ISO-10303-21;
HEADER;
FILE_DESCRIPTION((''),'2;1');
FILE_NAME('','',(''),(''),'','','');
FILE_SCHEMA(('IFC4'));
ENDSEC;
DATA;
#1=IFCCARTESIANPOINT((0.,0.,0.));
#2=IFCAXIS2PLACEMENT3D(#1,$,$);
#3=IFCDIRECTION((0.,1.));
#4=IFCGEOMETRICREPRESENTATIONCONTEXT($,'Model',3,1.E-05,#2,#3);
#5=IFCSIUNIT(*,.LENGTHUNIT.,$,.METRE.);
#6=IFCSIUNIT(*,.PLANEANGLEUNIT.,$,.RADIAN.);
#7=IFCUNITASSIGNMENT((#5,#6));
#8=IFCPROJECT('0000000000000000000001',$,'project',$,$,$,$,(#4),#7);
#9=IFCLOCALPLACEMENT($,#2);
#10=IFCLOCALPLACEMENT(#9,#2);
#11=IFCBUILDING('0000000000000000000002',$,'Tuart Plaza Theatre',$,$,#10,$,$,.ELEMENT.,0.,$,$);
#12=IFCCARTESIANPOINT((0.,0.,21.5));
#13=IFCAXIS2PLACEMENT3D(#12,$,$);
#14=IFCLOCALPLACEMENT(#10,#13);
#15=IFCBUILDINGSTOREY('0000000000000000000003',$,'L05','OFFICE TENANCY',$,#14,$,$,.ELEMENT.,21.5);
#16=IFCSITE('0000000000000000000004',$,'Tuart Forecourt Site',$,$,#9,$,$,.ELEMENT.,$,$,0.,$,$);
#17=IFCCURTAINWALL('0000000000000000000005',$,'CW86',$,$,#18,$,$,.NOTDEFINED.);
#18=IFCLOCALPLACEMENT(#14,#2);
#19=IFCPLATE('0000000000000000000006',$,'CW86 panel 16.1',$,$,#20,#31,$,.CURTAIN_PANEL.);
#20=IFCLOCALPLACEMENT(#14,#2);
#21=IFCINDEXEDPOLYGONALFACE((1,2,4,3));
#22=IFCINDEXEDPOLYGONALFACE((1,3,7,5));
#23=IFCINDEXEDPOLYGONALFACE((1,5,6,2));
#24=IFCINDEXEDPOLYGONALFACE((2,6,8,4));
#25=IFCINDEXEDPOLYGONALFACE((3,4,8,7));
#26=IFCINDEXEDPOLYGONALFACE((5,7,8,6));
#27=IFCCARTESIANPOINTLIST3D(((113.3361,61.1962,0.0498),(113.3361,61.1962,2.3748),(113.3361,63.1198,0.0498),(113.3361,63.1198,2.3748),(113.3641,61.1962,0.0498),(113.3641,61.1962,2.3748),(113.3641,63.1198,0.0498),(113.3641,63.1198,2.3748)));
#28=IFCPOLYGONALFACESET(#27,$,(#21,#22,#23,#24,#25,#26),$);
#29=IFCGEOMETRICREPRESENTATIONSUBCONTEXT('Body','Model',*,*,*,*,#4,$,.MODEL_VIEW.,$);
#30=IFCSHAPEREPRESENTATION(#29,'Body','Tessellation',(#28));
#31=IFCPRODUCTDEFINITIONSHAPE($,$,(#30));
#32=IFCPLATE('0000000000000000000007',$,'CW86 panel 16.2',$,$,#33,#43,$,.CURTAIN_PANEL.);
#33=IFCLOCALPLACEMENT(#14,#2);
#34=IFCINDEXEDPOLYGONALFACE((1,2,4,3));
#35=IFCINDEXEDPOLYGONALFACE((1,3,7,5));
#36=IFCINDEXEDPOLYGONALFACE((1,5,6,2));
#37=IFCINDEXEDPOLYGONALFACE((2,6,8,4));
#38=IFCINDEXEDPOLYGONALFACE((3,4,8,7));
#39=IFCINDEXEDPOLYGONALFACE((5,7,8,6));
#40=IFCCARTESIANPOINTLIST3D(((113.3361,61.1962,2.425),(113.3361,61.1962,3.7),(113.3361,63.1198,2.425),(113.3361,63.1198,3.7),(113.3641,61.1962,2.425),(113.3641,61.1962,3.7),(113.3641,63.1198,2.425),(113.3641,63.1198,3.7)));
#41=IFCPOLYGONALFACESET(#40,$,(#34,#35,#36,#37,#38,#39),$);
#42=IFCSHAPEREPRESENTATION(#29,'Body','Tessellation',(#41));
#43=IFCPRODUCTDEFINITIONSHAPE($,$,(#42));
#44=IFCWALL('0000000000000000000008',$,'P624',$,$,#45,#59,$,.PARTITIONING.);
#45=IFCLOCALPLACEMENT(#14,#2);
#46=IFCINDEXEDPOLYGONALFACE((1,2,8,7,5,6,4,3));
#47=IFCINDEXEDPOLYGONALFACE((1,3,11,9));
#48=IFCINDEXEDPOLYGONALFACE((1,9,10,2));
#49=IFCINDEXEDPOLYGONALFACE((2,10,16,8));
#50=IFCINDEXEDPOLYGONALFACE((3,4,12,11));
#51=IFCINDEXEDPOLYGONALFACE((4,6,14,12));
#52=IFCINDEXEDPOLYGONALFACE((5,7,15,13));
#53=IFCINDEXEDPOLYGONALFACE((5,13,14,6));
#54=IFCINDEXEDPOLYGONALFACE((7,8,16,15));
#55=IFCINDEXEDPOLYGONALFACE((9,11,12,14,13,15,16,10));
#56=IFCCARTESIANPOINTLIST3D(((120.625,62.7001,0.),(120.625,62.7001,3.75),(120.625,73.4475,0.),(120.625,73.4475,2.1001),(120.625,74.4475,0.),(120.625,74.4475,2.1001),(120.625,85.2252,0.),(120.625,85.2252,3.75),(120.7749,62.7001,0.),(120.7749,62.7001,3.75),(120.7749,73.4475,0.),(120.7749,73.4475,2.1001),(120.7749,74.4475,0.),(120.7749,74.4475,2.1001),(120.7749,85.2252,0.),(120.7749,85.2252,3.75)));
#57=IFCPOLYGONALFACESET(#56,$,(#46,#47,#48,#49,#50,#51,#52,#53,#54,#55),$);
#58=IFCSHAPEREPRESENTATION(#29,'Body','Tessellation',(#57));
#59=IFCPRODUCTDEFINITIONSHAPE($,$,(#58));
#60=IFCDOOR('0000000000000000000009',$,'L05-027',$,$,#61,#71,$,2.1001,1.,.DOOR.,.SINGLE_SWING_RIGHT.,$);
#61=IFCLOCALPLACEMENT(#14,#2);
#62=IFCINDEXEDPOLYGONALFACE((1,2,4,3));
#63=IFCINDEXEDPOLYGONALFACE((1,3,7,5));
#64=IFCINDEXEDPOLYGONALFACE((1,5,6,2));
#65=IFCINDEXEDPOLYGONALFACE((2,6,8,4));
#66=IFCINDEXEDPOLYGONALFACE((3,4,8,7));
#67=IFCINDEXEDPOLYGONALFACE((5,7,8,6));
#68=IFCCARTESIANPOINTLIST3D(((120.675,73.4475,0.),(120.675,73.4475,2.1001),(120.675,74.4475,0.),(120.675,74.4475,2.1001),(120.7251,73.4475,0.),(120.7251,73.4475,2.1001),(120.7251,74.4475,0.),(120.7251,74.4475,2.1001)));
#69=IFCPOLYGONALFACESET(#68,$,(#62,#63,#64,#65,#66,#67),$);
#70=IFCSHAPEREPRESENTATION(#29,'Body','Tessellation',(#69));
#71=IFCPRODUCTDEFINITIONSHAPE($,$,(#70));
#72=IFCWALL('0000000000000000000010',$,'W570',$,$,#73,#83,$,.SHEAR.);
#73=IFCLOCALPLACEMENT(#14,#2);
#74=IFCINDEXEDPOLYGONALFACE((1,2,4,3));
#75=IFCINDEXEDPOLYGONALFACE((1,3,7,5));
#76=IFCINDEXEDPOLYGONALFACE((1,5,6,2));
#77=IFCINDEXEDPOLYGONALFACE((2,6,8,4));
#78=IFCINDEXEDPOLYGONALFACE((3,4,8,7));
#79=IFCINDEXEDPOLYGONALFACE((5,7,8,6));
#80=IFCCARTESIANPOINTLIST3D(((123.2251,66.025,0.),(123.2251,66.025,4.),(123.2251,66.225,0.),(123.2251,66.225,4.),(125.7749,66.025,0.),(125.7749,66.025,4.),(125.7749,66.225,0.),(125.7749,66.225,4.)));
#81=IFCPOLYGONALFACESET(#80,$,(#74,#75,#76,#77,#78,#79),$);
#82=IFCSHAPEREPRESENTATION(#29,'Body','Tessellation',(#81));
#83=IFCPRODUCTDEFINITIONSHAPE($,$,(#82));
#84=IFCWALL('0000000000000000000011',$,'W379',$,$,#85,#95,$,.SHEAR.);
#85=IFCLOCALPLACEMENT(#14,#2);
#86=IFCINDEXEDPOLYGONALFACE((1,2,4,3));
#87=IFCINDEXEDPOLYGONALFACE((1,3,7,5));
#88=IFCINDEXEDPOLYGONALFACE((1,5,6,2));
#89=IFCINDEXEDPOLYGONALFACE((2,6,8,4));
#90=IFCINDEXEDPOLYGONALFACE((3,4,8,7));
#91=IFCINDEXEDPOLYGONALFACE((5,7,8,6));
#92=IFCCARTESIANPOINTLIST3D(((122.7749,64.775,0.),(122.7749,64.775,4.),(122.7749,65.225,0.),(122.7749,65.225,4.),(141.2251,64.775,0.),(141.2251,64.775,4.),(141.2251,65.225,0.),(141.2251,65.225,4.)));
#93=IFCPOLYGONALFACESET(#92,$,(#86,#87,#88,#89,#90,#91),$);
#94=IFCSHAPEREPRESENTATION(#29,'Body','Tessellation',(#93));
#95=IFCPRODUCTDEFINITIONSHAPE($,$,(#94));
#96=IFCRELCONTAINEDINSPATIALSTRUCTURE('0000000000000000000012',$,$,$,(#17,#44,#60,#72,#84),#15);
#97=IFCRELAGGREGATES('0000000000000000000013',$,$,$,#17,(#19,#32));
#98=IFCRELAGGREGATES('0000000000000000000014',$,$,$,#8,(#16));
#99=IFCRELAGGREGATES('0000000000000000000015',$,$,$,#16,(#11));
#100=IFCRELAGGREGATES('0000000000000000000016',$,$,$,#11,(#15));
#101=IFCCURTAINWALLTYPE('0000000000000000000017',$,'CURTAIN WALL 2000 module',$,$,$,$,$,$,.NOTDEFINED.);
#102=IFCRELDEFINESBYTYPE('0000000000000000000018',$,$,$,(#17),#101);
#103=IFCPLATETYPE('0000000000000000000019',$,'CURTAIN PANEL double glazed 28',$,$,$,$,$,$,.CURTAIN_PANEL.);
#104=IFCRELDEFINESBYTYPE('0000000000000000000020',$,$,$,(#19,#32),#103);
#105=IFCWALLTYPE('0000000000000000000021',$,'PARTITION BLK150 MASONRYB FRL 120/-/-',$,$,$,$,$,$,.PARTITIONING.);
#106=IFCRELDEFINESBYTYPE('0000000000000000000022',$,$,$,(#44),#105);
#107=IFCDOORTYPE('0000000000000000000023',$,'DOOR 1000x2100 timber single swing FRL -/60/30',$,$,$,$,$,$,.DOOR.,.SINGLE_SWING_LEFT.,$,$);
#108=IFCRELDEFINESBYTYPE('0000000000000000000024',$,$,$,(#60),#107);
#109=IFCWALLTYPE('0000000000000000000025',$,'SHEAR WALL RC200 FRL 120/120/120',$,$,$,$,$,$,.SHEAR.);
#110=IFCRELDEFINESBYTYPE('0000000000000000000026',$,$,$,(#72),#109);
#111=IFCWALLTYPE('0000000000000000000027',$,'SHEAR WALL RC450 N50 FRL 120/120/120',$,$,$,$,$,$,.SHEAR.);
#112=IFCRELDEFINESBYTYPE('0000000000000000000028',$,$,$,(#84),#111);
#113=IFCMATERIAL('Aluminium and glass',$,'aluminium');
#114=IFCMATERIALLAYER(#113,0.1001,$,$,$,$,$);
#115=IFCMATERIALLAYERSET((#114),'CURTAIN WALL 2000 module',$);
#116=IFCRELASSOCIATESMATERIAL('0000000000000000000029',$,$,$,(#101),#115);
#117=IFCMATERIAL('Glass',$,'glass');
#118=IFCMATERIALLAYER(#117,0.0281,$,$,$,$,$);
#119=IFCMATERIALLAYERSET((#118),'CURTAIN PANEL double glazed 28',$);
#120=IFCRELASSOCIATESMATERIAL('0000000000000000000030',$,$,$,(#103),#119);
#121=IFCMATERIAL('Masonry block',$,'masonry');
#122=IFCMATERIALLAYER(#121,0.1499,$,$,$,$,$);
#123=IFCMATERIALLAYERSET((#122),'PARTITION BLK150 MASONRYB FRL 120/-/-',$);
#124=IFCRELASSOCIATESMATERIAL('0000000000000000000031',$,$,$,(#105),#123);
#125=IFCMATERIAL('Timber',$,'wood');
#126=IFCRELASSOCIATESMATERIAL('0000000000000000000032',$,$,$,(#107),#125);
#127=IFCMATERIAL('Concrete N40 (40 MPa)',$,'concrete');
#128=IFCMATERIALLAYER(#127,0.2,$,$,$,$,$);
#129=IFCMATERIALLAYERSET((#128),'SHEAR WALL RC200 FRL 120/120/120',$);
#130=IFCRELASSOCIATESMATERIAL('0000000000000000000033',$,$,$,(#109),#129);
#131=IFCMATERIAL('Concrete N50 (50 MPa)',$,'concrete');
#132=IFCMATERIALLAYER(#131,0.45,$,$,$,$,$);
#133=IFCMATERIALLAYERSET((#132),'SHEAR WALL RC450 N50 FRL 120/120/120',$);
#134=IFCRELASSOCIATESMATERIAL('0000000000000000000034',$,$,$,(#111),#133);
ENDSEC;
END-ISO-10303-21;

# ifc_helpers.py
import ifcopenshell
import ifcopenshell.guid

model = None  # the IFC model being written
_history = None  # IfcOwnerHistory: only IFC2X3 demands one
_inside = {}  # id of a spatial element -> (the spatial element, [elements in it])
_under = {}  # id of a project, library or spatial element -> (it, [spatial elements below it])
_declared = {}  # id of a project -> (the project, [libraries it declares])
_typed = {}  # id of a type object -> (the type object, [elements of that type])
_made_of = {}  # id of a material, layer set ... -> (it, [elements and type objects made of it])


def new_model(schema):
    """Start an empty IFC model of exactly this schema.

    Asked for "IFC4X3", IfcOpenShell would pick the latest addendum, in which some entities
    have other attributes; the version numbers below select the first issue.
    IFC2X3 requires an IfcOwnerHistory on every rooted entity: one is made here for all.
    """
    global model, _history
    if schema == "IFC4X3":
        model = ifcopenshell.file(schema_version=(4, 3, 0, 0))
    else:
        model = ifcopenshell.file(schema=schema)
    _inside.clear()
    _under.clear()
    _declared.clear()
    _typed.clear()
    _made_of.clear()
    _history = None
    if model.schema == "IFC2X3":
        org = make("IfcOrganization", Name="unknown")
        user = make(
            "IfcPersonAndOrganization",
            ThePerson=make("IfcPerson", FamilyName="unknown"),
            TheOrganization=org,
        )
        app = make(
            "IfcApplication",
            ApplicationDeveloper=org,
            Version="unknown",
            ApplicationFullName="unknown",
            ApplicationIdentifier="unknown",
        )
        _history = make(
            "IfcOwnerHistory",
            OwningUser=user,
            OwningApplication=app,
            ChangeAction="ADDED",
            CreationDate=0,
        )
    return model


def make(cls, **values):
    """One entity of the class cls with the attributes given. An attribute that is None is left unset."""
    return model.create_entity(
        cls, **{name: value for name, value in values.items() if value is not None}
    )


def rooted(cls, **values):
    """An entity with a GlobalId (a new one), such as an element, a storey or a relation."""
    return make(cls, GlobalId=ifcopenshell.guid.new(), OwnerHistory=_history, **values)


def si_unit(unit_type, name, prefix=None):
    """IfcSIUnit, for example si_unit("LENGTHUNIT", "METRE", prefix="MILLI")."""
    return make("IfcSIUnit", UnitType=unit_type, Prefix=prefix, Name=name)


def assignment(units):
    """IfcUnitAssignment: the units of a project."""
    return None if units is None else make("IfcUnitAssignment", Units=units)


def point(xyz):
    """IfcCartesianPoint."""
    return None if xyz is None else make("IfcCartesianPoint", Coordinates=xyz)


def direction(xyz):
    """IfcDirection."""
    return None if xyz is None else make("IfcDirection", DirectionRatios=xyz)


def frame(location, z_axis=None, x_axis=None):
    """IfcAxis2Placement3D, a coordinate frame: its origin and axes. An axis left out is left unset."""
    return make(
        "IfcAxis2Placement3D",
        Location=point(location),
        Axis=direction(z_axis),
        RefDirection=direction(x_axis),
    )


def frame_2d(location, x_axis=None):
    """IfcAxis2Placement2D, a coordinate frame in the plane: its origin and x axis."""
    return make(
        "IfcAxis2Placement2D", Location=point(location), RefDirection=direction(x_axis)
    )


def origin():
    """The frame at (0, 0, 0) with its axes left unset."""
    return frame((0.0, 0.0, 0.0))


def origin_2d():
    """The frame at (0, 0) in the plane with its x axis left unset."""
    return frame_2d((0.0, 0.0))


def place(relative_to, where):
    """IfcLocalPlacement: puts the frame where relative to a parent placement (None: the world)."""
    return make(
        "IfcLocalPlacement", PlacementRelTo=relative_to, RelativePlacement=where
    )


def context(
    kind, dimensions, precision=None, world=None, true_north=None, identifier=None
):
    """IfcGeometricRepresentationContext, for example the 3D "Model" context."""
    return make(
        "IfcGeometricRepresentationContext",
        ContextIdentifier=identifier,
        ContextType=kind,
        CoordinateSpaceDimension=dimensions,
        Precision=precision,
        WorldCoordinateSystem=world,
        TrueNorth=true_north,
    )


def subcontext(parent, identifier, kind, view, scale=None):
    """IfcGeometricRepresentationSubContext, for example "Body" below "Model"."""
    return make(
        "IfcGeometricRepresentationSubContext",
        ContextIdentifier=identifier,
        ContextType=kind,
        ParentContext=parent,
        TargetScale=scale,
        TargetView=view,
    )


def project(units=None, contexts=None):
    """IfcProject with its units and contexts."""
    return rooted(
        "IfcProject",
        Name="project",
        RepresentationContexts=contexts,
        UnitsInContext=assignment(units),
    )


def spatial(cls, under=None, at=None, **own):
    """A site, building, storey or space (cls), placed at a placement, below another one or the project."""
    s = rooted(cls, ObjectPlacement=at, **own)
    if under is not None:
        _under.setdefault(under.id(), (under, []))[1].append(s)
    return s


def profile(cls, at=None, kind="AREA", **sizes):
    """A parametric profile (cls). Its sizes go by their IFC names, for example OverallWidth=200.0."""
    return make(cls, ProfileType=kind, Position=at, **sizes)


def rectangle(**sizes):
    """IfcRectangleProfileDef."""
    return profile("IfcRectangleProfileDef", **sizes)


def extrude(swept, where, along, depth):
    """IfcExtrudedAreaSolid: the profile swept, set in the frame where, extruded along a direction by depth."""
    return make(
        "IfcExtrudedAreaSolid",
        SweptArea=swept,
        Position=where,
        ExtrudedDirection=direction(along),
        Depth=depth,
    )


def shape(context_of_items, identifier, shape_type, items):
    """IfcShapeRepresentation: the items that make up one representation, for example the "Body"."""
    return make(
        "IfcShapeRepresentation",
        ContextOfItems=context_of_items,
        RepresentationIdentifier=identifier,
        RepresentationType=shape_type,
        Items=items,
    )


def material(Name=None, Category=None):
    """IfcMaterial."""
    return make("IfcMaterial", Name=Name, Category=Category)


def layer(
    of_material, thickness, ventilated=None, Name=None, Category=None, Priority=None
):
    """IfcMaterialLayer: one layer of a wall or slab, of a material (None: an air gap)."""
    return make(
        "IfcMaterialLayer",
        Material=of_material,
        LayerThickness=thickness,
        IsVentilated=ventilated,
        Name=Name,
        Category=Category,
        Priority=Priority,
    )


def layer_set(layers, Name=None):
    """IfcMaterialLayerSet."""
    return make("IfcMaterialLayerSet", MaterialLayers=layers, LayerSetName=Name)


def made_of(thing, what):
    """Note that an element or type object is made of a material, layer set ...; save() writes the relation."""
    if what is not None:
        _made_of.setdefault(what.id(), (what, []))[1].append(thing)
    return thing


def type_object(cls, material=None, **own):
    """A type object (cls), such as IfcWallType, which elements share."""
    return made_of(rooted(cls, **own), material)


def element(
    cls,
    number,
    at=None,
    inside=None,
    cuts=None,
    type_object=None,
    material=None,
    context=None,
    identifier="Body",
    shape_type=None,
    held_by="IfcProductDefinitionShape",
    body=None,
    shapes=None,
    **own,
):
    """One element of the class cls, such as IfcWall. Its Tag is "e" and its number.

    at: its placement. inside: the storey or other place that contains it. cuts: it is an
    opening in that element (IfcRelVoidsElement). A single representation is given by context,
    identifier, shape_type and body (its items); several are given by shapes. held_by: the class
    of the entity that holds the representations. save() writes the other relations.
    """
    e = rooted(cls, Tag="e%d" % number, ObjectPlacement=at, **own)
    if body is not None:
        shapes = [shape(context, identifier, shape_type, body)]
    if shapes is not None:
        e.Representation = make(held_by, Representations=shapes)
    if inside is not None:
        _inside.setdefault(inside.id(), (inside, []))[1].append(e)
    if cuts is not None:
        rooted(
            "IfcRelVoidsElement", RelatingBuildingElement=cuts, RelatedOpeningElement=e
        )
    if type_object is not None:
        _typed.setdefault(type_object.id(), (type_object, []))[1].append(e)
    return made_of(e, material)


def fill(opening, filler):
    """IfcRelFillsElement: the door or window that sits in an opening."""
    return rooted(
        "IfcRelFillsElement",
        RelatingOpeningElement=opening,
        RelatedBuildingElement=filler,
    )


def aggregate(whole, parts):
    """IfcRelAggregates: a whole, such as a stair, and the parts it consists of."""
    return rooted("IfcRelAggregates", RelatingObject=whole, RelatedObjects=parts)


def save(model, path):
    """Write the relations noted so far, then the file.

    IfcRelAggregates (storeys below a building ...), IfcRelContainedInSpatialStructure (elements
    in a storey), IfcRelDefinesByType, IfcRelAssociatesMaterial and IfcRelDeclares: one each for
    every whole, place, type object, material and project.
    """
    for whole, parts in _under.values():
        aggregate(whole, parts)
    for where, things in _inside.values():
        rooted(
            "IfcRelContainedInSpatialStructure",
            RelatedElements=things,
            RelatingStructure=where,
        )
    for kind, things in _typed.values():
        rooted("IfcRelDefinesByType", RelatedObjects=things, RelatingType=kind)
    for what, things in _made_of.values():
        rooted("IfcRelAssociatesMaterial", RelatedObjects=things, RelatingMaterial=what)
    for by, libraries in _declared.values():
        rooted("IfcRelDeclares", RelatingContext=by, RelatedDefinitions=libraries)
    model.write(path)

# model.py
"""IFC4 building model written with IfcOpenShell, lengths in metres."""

from ifc_helpers import new_model, si_unit, direction, frame, frame_2d, origin, origin_2d, place, context, subcontext, project, spatial, rectangle, extrude, material, layer, layer_set, type_object, element, fill, aggregate, save


model = new_model("IFC4")

# Units and contexts
model_context = context("Model", 3, precision=1e-05, world=origin(), true_north=direction((0.0, 1.0)))
body_context = subcontext(model_context, "Body", "Model", "MODEL_VIEW")
ifc_project = project(units=[si_unit("LENGTHUNIT", "METRE"), si_unit("PLANEANGLEUNIT", "RADIAN")], contexts=[model_context])

# Site, building, storey
site_placement = place(None, origin())
site = spatial("IfcSite", under=ifc_project, at=site_placement, Name="Tuart Forecourt Site", CompositionType="ELEMENT", RefElevation=0.0)
building_placement = place(site_placement, origin())
building = spatial("IfcBuilding", under=site, at=building_placement, Name="Tuart Plaza Theatre", CompositionType="ELEMENT", ElevationOfRefHeight=0.0)
storey_placement = place(building_placement, frame((0.0, 0.0, 21.5)))
storey = spatial("IfcBuildingStorey", under=building, at=storey_placement, Name="L05", Description="OFFICE TENANCY", CompositionType="ELEMENT", Elevation=21.5)

# Curtain wall, plates
ifc_material_1 = material(Name="Aluminium and glass", Category="aluminium")
ifc_layer_1 = layer(ifc_material_1, 0.1001)
ifc_layer_set_1 = layer_set([ifc_layer_1], Name="CURTAIN WALL 2000 module")
curtain_wall_type = type_object("IfcCurtainWallType", Name="CURTAIN WALL 2000 module", PredefinedType="NOTDEFINED", material=ifc_layer_set_1)
curtain_wall_placement = place(storey_placement, origin())
curtain_wall = element("IfcCurtainWall", 1, at=curtain_wall_placement, inside=storey, type_object=curtain_wall_type, Name="CW86", PredefinedType="NOTDEFINED")
ifc_material_2 = material(Name="Glass", Category="glass")
ifc_layer_2 = layer(ifc_material_2, 0.0281)
ifc_layer_set_2 = layer_set([ifc_layer_2], Name="CURTAIN PANEL double glazed 28")
plate_type = type_object("IfcPlateType", Name="CURTAIN PANEL double glazed 28", PredefinedType="CURTAIN_PANEL", material=ifc_layer_set_2)
plate_1_placement = place(storey_placement, frame((113.3501, 62.158, 0.0498), z_axis=(0.0, 0.0, 1.0), x_axis=(0.0, -1.0, 0.0)))
plate_1 = element("IfcPlate", 2, at=plate_1_placement, type_object=plate_type, Name="CW86 panel 16.1", PredefinedType="CURTAIN_PANEL", context=body_context, shape_type="SweptSolid", body=[
    extrude(rectangle(XDim=1.9236, YDim=0.0281, at=origin_2d()), origin(), (0.0, 0.0, 1.0), 2.325),
])
plate_2_placement = place(storey_placement, frame((113.3501, 62.158, 2.425), z_axis=(0.0, 0.0, 1.0), x_axis=(0.0, -1.0, 0.0)))
plate_2 = element("IfcPlate", 3, at=plate_2_placement, type_object=plate_type, Name="CW86 panel 16.2", PredefinedType="CURTAIN_PANEL", context=body_context, shape_type="SweptSolid", body=[
    extrude(rectangle(XDim=1.9236, YDim=0.0281, at=origin_2d()), origin(), (0.0, 0.0, 1.0), 1.2749),
])
aggregate(curtain_wall, [plate_1, plate_2])

# Wall, opening, door
ifc_material_3 = material(Name="Masonry block", Category="masonry")
ifc_layer_3 = layer(ifc_material_3, 0.1499)
ifc_layer_set_3 = layer_set([ifc_layer_3], Name="PARTITION BLK150 MASONRYB FRL 120/-/-")
wall_type_1 = type_object("IfcWallType", Name="PARTITION BLK150 MASONRYB FRL 120/-/-", PredefinedType="PARTITIONING", material=ifc_layer_set_3)
wall_1_placement = place(storey_placement, frame((120.7, 62.7, 0.0), z_axis=(0.0, 0.0, 1.0), x_axis=(0.0, 1.0, 0.0)))
wall_1 = element("IfcWall", 4, at=wall_1_placement, inside=storey, type_object=wall_type_1, Name="P624", PredefinedType="PARTITIONING", context=body_context, shape_type="SweptSolid", body=[
    extrude(rectangle(XDim=22.5251, YDim=0.1499, at=frame_2d((11.2627, 0.0))), origin(), (0.0, 0.0, 1.0), 3.75),
])
opening_placement = place(wall_1_placement, frame((10.7476, 0.0, 0.0)))
opening = element("IfcOpeningElement", 5, at=opening_placement, cuts=wall_1, PredefinedType="OPENING", context=body_context, shape_type="SweptSolid", body=[
    extrude(rectangle(XDim=1.0, YDim=2.1001, at=frame_2d((0.5, 1.05))), frame((0.0, 0.085, 0.0), z_axis=(0.0, -1.0, 0.0), x_axis=(1.0, 0.0, 0.0)), (0.0, 0.0, 1.0), 0.1699),
])
ifc_material_4 = material(Name="Timber", Category="wood")
door_type = type_object("IfcDoorType", Name="DOOR 1000x2100 timber single swing FRL -/60/30", OperationType="SINGLE_SWING_LEFT", PredefinedType="DOOR", material=ifc_material_4)
door_placement = place(opening_placement, origin())
door = element("IfcDoor", 6, at=door_placement, inside=storey, type_object=door_type, Name="L05-027", OperationType="SINGLE_SWING_RIGHT", OverallHeight=2.1001, OverallWidth=1.0, PredefinedType="DOOR", context=body_context, shape_type="SweptSolid", body=[
    extrude(rectangle(XDim=1.0, YDim=2.1001, at=frame_2d((0.5, 1.05))), frame((0.0, 0.0249, 0.0), z_axis=(0.0, -1.0, 0.0), x_axis=(1.0, 0.0, 0.0)), (0.0, 0.0, 1.0), 0.05),
])
fill(opening, door)

# Walls
ifc_material_5 = material(Name="Concrete N40 (40 MPa)", Category="concrete")
ifc_layer_4 = layer(ifc_material_5, 0.2)
ifc_layer_set_4 = layer_set([ifc_layer_4], Name="SHEAR WALL RC200 FRL 120/120/120")
wall_type_2 = type_object("IfcWallType", Name="SHEAR WALL RC200 FRL 120/120/120", PredefinedType="SHEAR", material=ifc_layer_set_4)
wall_2_placement = place(storey_placement, frame((123.2251, 66.125, 0.0), z_axis=(0.0, 0.0, 1.0), x_axis=(1.0, 0.0, 0.0)))
element("IfcWall", 7, at=wall_2_placement, inside=storey, type_object=wall_type_2, Name="W570", PredefinedType="SHEAR", context=body_context, shape_type="SweptSolid", body=[
    extrude(rectangle(XDim=2.5498, YDim=0.2, at=frame_2d((1.2749, 0.0))), origin(), (0.0, 0.0, 1.0), 4.0),
])
ifc_material_6 = material(Name="Concrete N50 (50 MPa)", Category="concrete")
ifc_layer_5 = layer(ifc_material_6, 0.45)
ifc_layer_set_5 = layer_set([ifc_layer_5], Name="SHEAR WALL RC450 N50 FRL 120/120/120")
wall_type_3 = type_object("IfcWallType", Name="SHEAR WALL RC450 N50 FRL 120/120/120", PredefinedType="SHEAR", material=ifc_layer_set_5)
wall_3_placement = place(storey_placement, frame((122.7749, 65.0, 0.0), z_axis=(0.0, 0.0, 1.0), x_axis=(1.0, 0.0, 0.0)))
element("IfcWall", 8, at=wall_3_placement, inside=storey, type_object=wall_type_3, Name="W379", PredefinedType="SHEAR", context=body_context, shape_type="SweptSolid", body=[
    extrude(rectangle(XDim=18.4502, YDim=0.45, at=frame_2d((9.2251, 0.0))), origin(), (0.0, 0.0, 1.0), 4.0),
])

save(model, "model.ifc")
